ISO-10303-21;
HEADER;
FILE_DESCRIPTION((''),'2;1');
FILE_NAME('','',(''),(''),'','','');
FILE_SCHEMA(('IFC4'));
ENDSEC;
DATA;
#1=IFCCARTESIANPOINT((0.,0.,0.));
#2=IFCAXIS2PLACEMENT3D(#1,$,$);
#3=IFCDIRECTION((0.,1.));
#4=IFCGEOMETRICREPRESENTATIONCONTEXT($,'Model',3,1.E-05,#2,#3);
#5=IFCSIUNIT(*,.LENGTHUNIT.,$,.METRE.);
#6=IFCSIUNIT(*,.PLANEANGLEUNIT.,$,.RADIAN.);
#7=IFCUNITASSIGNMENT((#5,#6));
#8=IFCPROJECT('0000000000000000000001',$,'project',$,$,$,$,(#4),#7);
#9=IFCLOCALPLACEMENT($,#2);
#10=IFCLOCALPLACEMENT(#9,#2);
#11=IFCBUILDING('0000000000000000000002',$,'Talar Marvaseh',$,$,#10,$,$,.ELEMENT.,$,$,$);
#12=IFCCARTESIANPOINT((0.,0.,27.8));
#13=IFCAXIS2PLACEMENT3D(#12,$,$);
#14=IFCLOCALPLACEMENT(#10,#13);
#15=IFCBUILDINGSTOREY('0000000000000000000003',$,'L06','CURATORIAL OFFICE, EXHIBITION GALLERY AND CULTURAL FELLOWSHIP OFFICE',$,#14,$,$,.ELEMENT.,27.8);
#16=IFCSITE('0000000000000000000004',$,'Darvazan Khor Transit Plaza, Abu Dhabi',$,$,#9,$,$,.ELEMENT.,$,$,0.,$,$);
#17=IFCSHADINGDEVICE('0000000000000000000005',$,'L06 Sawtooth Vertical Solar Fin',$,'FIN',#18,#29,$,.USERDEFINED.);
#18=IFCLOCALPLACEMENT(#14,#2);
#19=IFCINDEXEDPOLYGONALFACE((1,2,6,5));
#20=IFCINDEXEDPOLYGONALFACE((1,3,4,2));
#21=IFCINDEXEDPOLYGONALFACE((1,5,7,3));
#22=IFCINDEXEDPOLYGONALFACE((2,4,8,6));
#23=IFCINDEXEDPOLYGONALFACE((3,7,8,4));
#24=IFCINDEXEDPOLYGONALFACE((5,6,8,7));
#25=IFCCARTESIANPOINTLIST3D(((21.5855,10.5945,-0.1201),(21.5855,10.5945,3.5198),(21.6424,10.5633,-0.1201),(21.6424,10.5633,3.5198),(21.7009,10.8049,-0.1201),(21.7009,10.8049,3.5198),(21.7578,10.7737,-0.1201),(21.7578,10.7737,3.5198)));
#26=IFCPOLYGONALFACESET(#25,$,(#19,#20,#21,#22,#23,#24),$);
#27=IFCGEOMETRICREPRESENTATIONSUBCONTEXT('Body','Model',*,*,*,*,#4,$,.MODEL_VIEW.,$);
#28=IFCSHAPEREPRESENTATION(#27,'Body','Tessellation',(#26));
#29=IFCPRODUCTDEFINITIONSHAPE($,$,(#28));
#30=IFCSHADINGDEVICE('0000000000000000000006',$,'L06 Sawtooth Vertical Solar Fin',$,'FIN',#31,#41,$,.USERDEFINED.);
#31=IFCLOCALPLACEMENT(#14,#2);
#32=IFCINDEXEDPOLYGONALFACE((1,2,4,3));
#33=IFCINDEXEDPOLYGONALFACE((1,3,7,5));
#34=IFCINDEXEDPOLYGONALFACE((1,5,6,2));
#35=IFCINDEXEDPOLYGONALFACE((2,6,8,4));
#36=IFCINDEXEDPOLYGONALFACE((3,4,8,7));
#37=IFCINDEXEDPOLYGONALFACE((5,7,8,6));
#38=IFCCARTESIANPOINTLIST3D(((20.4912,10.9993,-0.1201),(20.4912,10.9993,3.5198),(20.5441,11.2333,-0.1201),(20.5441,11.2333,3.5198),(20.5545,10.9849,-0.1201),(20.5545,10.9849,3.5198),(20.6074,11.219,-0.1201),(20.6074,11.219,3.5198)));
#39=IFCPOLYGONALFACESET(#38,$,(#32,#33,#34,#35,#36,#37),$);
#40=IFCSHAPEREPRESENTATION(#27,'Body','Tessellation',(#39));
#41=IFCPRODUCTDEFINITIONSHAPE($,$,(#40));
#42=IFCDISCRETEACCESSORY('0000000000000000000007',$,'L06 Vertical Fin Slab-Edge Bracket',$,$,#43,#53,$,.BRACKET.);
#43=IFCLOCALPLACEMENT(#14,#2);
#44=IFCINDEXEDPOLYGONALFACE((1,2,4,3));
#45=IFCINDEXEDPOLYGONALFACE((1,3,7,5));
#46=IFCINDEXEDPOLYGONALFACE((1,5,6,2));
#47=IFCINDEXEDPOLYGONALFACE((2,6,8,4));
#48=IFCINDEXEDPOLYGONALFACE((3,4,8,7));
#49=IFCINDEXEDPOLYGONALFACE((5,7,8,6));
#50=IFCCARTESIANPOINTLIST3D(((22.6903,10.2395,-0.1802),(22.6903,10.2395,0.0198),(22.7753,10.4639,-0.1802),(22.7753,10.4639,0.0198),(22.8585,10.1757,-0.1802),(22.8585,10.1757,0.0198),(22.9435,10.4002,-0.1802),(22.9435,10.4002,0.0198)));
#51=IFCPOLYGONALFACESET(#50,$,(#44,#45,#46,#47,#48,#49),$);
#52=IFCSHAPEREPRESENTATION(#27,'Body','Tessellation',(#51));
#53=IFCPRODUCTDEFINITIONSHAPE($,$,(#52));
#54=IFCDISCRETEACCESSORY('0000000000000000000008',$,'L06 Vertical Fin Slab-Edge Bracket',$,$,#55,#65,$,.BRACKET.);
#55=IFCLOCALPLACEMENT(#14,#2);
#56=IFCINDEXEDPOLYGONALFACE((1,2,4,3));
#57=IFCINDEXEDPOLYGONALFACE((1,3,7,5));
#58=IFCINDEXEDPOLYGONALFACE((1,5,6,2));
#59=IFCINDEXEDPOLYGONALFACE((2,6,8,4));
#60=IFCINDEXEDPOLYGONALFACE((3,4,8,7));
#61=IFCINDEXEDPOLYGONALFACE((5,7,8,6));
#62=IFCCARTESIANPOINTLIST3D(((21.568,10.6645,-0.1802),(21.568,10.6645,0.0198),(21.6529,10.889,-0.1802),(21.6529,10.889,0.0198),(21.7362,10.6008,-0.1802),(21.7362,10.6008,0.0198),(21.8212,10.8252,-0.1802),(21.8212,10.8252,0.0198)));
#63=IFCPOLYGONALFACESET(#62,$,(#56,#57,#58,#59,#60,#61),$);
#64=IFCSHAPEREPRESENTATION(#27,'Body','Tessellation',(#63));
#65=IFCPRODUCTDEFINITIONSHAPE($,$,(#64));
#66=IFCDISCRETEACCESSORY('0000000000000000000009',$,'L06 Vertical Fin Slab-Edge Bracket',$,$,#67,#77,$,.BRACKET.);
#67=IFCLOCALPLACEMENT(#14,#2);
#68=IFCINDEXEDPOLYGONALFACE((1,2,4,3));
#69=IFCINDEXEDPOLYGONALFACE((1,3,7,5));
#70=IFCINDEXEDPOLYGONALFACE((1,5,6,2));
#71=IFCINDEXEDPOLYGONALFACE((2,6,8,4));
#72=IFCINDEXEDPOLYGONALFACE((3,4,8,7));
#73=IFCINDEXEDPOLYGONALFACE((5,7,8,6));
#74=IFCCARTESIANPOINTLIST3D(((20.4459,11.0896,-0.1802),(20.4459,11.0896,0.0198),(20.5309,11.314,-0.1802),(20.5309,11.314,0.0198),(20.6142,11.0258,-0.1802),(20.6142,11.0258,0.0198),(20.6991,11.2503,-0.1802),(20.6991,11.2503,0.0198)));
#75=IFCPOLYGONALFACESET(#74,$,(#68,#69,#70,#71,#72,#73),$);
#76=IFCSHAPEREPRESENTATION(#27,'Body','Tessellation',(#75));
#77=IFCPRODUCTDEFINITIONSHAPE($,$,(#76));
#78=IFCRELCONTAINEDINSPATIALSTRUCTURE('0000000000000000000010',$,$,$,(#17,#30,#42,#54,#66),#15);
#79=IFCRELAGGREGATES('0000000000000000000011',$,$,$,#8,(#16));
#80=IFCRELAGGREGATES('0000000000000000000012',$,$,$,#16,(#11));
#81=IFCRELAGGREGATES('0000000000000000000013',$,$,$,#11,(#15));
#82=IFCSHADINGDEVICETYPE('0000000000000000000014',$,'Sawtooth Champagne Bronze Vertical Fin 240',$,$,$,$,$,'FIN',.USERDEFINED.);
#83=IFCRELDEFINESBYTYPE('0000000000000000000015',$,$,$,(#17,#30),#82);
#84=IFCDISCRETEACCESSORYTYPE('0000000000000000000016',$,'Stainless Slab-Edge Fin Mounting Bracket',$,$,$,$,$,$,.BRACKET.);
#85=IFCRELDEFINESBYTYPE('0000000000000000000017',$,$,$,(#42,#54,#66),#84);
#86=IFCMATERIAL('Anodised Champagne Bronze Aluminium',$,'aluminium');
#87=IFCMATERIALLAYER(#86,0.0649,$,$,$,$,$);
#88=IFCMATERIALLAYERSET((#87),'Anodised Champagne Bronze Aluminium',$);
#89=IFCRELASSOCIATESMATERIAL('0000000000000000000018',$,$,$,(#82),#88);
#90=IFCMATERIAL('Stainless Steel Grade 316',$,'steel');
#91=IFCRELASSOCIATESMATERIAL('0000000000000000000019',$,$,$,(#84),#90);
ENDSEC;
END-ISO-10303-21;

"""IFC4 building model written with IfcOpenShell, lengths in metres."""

from ifc_helpers import new_model, si_unit, direction, frame, origin, origin_2d, place, context, subcontext, project, spatial, rectangle, extrude, source, transform, mapped, material, layer, layer_set, type_object, type_shapes, element, save


model = new_model("IFC4")

# Units and contexts
model_context = context("Model", 3, precision=1e-05, world=origin(), true_north=direction((0.0, 1.0)))
body_context = subcontext(model_context, "Body", "Model", "MODEL_VIEW")
ifc_project = project(units=[si_unit("LENGTHUNIT", "METRE"), si_unit("PLANEANGLEUNIT", "RADIAN")], contexts=[model_context])

# Site, building, storey
site_placement = place(None, origin())
site = spatial("IfcSite", under=ifc_project, at=site_placement, Name="Darvazan Khor Transit Plaza, Abu Dhabi", CompositionType="ELEMENT", RefElevation=0.0)
building_placement = place(site_placement, origin())
building = spatial("IfcBuilding", under=site, at=building_placement, Name="Talar Marvaseh", CompositionType="ELEMENT")
storey_placement = place(building_placement, frame((0.0, 0.0, 27.8)))
storey = spatial("IfcBuildingStorey", under=building, at=storey_placement, Name="L06", Description="CURATORIAL OFFICE, EXHIBITION GALLERY AND CULTURAL FELLOWSHIP OFFICE", CompositionType="ELEMENT", Elevation=27.8)

# Shading devices
ifc_material_1 = material(Name="Anodised Champagne Bronze Aluminium", Category="aluminium")
ifc_layer_1 = layer(ifc_material_1, 0.0649)
ifc_layer_set_1 = layer_set([ifc_layer_1], Name="Anodised Champagne Bronze Aluminium")
shading_device_type = type_object("IfcShadingDeviceType", Name="Sawtooth Champagne Bronze Vertical Fin 240", ElementType="FIN", PredefinedType="USERDEFINED", material=ifc_layer_set_1)
shared_shape_1 = source(origin(), body_context, "Body", "SweptSolid", [
    extrude(rectangle(XDim=0.24, YDim=0.0649, at=origin_2d()), origin(), (0.0, 0.0, 1.0), 3.6399),
])
type_shapes(shading_device_type, [shared_shape_1])
for number, where, z_axis, x_axis, name in (
    (1, (21.6716, 10.6841, -0.1201), (0.0, 0.0, 1.0), (-0.480836, -0.876811, 0.0), "L06 Sawtooth Vertical Solar Fin"),
    (2, (20.5493, 11.1091, -0.1201), (0.0, 0.0, 1.0), (-0.220527, -0.975381, 0.0), "L06 Sawtooth Vertical Solar Fin"),
):
    element("IfcShadingDevice", number, at=place(storey_placement, frame(where, z_axis=z_axis, x_axis=x_axis)), inside=storey, type_object=shading_device_type, Name=name, ObjectType="FIN", PredefinedType="USERDEFINED", context=body_context, shape_type="MappedRepresentation", body=[
        mapped(shared_shape_1, transform((0.0, 0.0, 0.0), x_axis=(1.0, 0.0, 0.0), y_axis=(0.0, 1.0, 0.0), z_axis=(0.0, 0.0, 1.0), scale=1.0)),
    ])

# Discrete accessories
ifc_material_2 = material(Name="Stainless Steel Grade 316", Category="steel")
discrete_accessory_type = type_object("IfcDiscreteAccessoryType", Name="Stainless Slab-Edge Fin Mounting Bracket", PredefinedType="BRACKET", material=ifc_material_2)
shared_shape_2 = source(origin(), body_context, "Body", "SweptSolid", [
    extrude(rectangle(XDim=0.24, YDim=0.1799, at=origin_2d()), origin(), (0.0, 0.0, 1.0), 0.2),
])
type_shapes(discrete_accessory_type, [shared_shape_2])
for number, where, z_axis, x_axis, name in (
    (3, (22.8169, 10.3198, -0.1802), (0.0, 0.0, 1.0), (-0.354128, -0.935197, 0.0), "L06 Vertical Fin Slab-Edge Bracket"),
    (4, (21.6946, 10.7449, -0.1802), (0.0, 0.0, 1.0), (-0.354128, -0.935197, 0.0), "L06 Vertical Fin Slab-Edge Bracket"),
    (5, (20.5725, 11.1699, -0.1802), (0.0, 0.0, 1.0), (-0.354128, -0.935197, 0.0), "L06 Vertical Fin Slab-Edge Bracket"),
):
    element("IfcDiscreteAccessory", number, at=place(storey_placement, frame(where, z_axis=z_axis, x_axis=x_axis)), inside=storey, type_object=discrete_accessory_type, Name=name, PredefinedType="BRACKET", context=body_context, shape_type="MappedRepresentation", body=[
        mapped(shared_shape_2, transform((0.0, 0.0, 0.0), x_axis=(1.0, 0.0, 0.0), y_axis=(0.0, 1.0, 0.0), z_axis=(0.0, 0.0, 1.0), scale=1.0)),
    ])

save(model, "model.ifc")
